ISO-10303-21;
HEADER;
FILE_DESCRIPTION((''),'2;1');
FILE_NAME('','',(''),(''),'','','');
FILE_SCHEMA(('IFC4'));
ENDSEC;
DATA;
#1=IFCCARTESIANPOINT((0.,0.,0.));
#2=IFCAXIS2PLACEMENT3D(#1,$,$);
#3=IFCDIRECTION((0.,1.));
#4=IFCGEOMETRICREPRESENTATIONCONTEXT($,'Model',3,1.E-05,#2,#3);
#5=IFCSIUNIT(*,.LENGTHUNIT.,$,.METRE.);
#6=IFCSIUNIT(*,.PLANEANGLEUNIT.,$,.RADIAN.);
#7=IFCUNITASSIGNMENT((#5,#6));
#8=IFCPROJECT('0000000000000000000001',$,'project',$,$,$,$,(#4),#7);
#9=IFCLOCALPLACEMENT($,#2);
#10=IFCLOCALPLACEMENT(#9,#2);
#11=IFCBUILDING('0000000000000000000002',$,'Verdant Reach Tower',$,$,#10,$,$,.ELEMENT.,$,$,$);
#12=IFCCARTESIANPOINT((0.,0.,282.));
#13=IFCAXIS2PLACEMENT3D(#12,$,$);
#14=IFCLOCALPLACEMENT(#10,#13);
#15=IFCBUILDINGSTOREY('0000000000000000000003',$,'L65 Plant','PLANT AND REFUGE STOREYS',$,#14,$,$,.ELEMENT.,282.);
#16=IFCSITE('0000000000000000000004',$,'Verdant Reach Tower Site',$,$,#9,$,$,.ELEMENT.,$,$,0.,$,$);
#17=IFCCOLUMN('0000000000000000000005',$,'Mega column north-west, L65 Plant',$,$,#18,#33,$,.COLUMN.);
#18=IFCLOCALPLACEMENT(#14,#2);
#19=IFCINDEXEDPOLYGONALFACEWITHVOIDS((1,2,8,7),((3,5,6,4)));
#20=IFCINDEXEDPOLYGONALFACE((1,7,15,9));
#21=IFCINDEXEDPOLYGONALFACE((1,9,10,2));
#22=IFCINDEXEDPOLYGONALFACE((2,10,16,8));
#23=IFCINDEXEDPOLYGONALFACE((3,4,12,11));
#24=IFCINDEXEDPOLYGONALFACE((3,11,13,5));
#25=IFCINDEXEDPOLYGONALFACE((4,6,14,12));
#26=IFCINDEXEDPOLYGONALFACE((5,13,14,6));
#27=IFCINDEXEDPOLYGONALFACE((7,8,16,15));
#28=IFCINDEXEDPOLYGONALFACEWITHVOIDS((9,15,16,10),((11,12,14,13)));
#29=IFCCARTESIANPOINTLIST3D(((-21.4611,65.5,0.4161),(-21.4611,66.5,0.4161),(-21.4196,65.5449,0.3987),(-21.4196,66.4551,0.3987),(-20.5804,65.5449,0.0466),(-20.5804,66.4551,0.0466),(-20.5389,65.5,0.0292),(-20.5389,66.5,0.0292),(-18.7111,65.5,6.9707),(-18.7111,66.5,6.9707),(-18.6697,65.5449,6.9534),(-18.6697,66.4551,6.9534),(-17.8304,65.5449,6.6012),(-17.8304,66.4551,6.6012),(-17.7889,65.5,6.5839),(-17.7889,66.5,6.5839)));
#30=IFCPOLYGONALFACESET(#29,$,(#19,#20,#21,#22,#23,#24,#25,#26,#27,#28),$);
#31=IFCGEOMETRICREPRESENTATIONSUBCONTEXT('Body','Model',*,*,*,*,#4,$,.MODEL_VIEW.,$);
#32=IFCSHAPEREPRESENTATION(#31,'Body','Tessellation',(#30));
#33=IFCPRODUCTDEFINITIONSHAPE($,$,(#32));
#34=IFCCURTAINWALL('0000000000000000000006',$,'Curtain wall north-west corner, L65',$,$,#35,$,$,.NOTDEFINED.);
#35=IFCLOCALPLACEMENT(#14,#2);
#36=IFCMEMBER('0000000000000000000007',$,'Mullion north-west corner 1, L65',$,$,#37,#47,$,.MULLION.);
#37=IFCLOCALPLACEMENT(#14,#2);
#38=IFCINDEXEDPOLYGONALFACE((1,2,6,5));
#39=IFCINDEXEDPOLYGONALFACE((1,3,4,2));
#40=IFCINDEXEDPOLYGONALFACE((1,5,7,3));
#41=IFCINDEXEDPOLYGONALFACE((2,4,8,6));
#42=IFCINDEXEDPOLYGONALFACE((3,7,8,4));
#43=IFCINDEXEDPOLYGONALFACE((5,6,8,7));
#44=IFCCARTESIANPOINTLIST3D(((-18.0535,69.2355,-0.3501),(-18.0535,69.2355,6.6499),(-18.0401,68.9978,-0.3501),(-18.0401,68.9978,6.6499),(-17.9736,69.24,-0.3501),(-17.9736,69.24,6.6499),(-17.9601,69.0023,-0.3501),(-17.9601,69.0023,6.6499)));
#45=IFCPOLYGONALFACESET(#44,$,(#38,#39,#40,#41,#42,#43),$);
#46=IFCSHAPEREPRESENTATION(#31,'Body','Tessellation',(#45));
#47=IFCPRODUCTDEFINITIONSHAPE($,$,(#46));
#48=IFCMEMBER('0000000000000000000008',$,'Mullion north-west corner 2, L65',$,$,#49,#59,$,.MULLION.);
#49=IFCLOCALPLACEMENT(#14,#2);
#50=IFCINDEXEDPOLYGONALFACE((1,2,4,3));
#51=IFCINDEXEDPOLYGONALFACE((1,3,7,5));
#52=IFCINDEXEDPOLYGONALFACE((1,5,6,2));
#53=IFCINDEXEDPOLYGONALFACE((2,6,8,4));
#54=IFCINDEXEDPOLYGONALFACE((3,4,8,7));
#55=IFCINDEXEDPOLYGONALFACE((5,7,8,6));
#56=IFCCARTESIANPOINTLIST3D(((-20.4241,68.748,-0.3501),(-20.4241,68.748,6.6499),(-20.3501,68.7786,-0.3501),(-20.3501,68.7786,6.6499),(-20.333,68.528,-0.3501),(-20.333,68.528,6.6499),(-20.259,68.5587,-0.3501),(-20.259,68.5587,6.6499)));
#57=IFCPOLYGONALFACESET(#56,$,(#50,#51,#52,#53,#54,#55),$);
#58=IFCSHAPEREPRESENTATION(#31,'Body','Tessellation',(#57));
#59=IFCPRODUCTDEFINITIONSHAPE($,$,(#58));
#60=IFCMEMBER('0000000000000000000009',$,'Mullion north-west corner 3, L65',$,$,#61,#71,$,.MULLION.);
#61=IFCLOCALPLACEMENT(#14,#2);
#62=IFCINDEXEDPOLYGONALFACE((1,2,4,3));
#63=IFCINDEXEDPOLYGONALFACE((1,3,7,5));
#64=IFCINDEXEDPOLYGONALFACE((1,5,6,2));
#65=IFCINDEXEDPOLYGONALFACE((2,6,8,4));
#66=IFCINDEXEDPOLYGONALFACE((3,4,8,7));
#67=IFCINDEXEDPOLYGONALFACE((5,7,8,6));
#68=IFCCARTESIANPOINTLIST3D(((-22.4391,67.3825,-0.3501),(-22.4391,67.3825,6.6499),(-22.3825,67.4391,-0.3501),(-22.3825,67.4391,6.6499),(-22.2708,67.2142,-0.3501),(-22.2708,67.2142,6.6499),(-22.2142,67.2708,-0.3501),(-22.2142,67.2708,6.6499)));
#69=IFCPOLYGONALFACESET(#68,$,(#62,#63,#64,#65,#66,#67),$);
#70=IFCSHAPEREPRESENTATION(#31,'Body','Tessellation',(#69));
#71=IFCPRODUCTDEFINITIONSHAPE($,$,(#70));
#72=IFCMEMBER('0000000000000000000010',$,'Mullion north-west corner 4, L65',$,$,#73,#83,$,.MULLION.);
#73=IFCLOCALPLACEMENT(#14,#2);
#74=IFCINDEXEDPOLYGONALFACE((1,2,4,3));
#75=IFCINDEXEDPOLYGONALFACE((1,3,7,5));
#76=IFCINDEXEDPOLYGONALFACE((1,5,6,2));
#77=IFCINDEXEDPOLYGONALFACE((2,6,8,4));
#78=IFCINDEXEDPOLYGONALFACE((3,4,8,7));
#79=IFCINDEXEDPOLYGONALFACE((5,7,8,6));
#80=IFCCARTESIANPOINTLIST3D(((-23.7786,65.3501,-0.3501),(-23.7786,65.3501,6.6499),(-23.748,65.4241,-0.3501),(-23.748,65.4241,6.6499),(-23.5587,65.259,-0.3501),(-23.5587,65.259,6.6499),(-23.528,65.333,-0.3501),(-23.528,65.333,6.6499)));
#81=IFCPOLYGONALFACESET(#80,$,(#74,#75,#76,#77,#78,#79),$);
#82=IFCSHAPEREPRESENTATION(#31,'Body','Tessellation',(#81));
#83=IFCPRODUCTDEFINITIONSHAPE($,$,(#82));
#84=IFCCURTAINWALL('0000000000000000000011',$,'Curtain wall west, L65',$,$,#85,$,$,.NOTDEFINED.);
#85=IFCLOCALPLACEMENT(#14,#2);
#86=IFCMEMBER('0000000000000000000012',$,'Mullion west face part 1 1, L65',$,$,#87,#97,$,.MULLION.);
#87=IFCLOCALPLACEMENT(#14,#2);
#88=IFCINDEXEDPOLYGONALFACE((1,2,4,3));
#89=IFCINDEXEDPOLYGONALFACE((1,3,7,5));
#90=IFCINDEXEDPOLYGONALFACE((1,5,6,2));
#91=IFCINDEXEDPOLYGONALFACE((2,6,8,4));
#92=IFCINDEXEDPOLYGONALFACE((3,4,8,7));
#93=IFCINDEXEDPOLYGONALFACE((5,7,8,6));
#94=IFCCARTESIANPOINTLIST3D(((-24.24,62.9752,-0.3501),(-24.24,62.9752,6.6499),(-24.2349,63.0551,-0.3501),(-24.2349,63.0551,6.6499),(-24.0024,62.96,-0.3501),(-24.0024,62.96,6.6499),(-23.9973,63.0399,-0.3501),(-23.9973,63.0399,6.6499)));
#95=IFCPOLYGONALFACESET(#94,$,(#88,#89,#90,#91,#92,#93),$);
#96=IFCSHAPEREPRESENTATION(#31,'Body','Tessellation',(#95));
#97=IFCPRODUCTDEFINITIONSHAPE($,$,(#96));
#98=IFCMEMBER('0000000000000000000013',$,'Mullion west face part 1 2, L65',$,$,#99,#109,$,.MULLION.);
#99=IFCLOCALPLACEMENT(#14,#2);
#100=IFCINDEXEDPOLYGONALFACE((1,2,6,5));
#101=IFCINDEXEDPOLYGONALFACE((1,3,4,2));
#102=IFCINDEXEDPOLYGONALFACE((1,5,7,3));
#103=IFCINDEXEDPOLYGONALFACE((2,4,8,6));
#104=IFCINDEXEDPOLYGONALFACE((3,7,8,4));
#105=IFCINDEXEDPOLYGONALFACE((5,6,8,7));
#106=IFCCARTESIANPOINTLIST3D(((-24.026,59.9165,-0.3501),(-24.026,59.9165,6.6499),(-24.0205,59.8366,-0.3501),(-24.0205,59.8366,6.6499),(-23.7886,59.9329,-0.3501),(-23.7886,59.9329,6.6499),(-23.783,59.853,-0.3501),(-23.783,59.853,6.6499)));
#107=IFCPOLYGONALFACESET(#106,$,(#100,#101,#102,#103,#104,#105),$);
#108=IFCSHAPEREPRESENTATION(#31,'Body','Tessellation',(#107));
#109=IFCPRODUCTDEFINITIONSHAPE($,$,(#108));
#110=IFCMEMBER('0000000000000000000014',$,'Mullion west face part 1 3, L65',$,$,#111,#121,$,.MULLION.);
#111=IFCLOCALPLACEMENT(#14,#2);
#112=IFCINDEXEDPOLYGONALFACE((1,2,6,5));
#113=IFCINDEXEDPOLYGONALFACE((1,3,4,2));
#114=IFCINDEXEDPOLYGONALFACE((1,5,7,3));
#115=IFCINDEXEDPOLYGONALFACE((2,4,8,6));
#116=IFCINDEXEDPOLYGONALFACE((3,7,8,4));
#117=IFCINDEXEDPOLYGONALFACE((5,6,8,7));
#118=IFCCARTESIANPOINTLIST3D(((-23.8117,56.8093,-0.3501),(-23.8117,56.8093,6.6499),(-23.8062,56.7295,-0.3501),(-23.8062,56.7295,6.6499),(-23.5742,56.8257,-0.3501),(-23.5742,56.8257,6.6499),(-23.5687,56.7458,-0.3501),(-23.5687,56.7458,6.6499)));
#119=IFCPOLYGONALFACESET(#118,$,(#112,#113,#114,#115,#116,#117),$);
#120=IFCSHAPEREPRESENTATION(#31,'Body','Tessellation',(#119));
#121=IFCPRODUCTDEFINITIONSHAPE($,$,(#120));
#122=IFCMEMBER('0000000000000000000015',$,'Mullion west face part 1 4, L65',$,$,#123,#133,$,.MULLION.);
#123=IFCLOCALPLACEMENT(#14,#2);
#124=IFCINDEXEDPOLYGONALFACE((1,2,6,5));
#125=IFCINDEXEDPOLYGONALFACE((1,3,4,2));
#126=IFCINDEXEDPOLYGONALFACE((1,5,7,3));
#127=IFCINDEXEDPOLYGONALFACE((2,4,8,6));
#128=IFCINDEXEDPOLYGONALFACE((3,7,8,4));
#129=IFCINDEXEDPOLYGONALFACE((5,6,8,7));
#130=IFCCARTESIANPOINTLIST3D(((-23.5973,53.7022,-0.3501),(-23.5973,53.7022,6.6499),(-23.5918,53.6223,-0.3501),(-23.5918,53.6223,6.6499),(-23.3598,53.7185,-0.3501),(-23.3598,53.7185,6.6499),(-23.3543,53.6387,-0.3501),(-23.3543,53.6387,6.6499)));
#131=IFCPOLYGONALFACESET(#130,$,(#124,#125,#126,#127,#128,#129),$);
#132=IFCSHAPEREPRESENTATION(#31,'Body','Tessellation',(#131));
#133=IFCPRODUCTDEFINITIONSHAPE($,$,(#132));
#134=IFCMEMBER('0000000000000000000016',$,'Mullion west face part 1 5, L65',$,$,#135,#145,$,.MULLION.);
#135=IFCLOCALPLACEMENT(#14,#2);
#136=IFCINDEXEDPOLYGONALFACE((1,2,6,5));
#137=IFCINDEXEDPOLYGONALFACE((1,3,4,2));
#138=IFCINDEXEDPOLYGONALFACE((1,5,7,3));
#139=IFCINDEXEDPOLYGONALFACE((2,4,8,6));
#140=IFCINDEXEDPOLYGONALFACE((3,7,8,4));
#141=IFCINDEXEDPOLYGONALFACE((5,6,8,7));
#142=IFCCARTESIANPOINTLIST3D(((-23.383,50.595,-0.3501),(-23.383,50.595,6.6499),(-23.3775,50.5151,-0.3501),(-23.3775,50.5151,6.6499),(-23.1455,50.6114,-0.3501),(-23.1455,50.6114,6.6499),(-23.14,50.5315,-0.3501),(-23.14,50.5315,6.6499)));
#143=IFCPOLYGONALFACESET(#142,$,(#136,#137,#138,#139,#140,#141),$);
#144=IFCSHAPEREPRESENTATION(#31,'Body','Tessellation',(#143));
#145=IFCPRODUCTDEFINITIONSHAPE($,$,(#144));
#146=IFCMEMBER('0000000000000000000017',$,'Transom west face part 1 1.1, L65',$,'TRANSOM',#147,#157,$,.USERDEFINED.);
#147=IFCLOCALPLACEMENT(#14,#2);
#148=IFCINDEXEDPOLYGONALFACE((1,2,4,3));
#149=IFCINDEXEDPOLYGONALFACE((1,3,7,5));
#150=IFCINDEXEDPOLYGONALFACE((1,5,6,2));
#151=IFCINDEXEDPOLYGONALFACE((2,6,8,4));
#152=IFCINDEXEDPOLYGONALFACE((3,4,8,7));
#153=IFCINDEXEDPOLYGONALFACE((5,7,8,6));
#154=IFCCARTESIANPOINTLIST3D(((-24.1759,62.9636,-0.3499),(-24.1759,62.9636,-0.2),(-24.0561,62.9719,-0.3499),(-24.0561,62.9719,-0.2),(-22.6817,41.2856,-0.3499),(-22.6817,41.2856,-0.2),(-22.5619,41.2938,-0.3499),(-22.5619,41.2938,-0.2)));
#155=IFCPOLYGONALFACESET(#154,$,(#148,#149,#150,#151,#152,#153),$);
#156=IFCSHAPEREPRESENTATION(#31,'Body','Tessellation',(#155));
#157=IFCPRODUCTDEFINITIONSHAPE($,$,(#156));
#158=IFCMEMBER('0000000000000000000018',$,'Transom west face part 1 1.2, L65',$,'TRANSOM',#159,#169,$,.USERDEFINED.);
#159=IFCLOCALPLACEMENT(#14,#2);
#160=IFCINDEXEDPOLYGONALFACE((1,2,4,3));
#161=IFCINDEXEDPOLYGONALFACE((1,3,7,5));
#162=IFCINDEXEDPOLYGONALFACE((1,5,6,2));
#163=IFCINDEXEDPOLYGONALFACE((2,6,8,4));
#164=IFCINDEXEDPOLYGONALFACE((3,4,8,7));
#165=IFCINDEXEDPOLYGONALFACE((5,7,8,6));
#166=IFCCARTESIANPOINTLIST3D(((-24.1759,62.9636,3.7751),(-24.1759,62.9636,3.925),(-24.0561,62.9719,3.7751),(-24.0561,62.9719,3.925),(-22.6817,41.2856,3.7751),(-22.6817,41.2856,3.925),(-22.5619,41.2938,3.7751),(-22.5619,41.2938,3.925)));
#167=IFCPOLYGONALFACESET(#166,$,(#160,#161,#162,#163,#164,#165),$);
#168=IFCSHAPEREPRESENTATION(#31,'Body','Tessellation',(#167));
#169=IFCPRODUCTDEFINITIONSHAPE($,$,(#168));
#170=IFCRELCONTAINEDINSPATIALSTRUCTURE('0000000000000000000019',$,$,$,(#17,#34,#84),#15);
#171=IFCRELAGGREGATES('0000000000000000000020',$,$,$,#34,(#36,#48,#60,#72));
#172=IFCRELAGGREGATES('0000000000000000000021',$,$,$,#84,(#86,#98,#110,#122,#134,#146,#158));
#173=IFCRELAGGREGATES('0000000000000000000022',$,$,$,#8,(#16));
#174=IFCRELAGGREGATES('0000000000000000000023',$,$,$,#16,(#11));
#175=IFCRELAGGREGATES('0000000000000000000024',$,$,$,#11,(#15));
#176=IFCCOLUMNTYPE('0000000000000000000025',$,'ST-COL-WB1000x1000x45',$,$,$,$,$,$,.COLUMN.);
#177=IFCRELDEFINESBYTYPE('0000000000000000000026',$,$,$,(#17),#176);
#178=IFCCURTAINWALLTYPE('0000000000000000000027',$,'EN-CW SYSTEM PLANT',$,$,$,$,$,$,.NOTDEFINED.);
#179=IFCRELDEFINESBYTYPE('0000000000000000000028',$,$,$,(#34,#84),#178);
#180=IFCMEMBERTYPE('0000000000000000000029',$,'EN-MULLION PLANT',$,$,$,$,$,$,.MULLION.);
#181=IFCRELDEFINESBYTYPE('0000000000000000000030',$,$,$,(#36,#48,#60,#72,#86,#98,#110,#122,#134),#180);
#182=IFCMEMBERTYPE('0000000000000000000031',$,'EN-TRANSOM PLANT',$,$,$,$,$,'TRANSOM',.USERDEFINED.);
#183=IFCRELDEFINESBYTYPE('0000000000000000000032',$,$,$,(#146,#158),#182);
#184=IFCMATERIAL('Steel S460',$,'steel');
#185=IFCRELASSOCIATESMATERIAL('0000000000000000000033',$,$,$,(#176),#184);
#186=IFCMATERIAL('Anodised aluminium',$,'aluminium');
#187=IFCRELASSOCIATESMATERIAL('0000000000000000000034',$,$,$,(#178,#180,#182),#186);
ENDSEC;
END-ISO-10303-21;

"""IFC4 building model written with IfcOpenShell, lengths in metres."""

from ifc_helpers import new_model, si_unit, direction, frame, origin, origin_2d, place, context, subcontext, project, spatial, rectangle, hollow_rectangle, extrude, material, material_profile, profile_set, type_object, element, aggregate, save


model = new_model("IFC4")

# Units and contexts
model_context = context("Model", 3, precision=1e-05, world=origin(), true_north=direction((0.0, 1.0)))
body_context = subcontext(model_context, "Body", "Model", "MODEL_VIEW")
ifc_project = project(units=[si_unit("LENGTHUNIT", "METRE"), si_unit("PLANEANGLEUNIT", "RADIAN")], contexts=[model_context])

# Site, building, storey
site_placement = place(None, origin())
site = spatial("IfcSite", under=ifc_project, at=site_placement, Name="Verdant Reach Tower Site", CompositionType="ELEMENT", RefElevation=0.0)
building_placement = place(site_placement, origin())
building = spatial("IfcBuilding", under=site, at=building_placement, Name="Verdant Reach Tower", CompositionType="ELEMENT")
storey_placement = place(building_placement, frame((0.0, 0.0, 282.0)))
storey = spatial("IfcBuildingStorey", under=building, at=storey_placement, Name="L65 Plant", Description="PLANT AND REFUGE STOREYS", CompositionType="ELEMENT", Elevation=282.0)

# Column
ifc_material_1 = material(Name="Steel S460", Category="steel")
ifc_material_profile_1 = material_profile(ifc_material_1, hollow_rectangle(XDim=1.0, YDim=1.0, WallThickness=0.0449, at=origin_2d()), Name="WB 1000x1000x45")
ifc_profile_set_1 = profile_set([ifc_material_profile_1], Name="Steel S460")
column_type = type_object("IfcColumnType", Name="ST-COL-WB1000x1000x45", PredefinedType="COLUMN", material=ifc_profile_set_1)
column_placement = place(storey_placement, frame((-21.0, 66.0, 0.2227), z_axis=(0.386877, 0.0, 0.922131), x_axis=(0.0, 1.0, 0.0)))
element("IfcColumn", 1, at=column_placement, inside=storey, type_object=column_type, Name="Mega column north-west, L65 Plant", PredefinedType="COLUMN", context=body_context, shape_type="SweptSolid", body=[
    extrude(hollow_rectangle(XDim=1.0, YDim=1.0, WallThickness=0.0449, at=origin_2d()), origin(), (0.0, 0.0, 1.0), 7.1082),
])

# Curtain walls, members
ifc_material_2 = material(Name="Anodised aluminium", Category="aluminium")
curtain_wall_type = type_object("IfcCurtainWallType", Name="EN-CW SYSTEM PLANT", PredefinedType="NOTDEFINED", material=ifc_material_2)
curtain_wall_1_placement = place(storey_placement, origin())
curtain_wall_1 = element("IfcCurtainWall", 2, at=curtain_wall_1_placement, inside=storey, type_object=curtain_wall_type, Name="Curtain wall north-west corner, L65", PredefinedType="NOTDEFINED")
ifc_material_profile_2 = material_profile(ifc_material_2, rectangle(XDim=0.238, YDim=0.0801, at=origin_2d()), Name="Mullion 80x240")
ifc_profile_set_2 = profile_set([ifc_material_profile_2], Name="Anodised aluminium")
member_type_1 = type_object("IfcMemberType", Name="EN-MULLION PLANT", PredefinedType="MULLION", material=ifc_profile_set_2)
member_1_placement = place(storey_placement, frame((-18.0068, 69.1189, -0.3501), z_axis=(0.0, 0.0, 1.0), x_axis=(-0.056569, 0.998399, 0.0)))
member_1 = element("IfcMember", 3, at=member_1_placement, type_object=member_type_1, Name="Mullion north-west corner 1, L65", PredefinedType="MULLION", context=body_context, shape_type="SweptSolid", body=[
    extrude(rectangle(XDim=0.238, YDim=0.0801, at=origin_2d()), origin(), (0.0, 0.0, 1.0), 7.0),
])
member_2_placement = place(storey_placement, frame((-20.3416, 68.6533, -0.3501), z_axis=(0.0, 0.0, 1.0), x_axis=(-0.382694, 0.923875, 0.0)))
member_2 = element("IfcMember", 4, at=member_2_placement, type_object=member_type_1, Name="Mullion north-west corner 2, L65", PredefinedType="MULLION", context=body_context, shape_type="SweptSolid", body=[
    extrude(rectangle(XDim=0.238, YDim=0.0801, at=origin_2d()), origin(), (0.0, 0.0, 1.0), 7.0),
])
member_3_placement = place(storey_placement, frame((-22.3267, 67.3267, -0.3501), z_axis=(0.0, 0.0, 1.0), x_axis=(-0.707107, 0.707107, 0.0)))
member_3 = element("IfcMember", 5, at=member_3_placement, type_object=member_type_1, Name="Mullion north-west corner 3, L65", PredefinedType="MULLION", context=body_context, shape_type="SweptSolid", body=[
    extrude(rectangle(XDim=0.238, YDim=0.0801, at=origin_2d()), origin(), (0.0, 0.0, 1.0), 7.0),
])
member_4_placement = place(storey_placement, frame((-23.6533, 65.3416, -0.3501), z_axis=(0.0, 0.0, 1.0), x_axis=(-0.923875, 0.382694, 0.0)))
member_4 = element("IfcMember", 6, at=member_4_placement, type_object=member_type_1, Name="Mullion north-west corner 4, L65", PredefinedType="MULLION", context=body_context, shape_type="SweptSolid", body=[
    extrude(rectangle(XDim=0.238, YDim=0.0801, at=origin_2d()), origin(), (0.0, 0.0, 1.0), 7.0),
])
curtain_wall_2_placement = place(storey_placement, origin())
curtain_wall_2 = element("IfcCurtainWall", 7, at=curtain_wall_2_placement, inside=storey, type_object=curtain_wall_type, Name="Curtain wall west, L65", PredefinedType="NOTDEFINED")
member_5_placement = place(storey_placement, frame((-24.1187, 63.0076, -0.3501), z_axis=(0.0, 0.0, 1.0), x_axis=(-0.997969, 0.063699, 0.0)))
member_5 = element("IfcMember", 8, at=member_5_placement, type_object=member_type_1, Name="Mullion west face part 1 1, L65", PredefinedType="MULLION", context=body_context, shape_type="SweptSolid", body=[
    extrude(rectangle(XDim=0.238, YDim=0.0801, at=origin_2d()), origin(), (0.0, 0.0, 1.0), 7.0),
])
member_6_placement = place(storey_placement, frame((-23.9045, 59.8848, -0.3501), z_axis=(0.0, 0.0, 1.0), x_axis=(-0.99763, -0.068802, 0.0)))
member_6 = element("IfcMember", 9, at=member_6_placement, type_object=member_type_1, Name="Mullion west face part 1 2, L65", PredefinedType="MULLION", context=body_context, shape_type="SweptSolid", body=[
    extrude(rectangle(XDim=0.238, YDim=0.0801, at=origin_2d()), origin(), (0.0, 0.0, 1.0), 7.0),
])
member_7_placement = place(storey_placement, frame((-23.6902, 56.7776, -0.3501), z_axis=(0.0, 0.0, 1.0), x_axis=(-0.99763, -0.068802, 0.0)))
member_7 = element("IfcMember", 10, at=member_7_placement, type_object=member_type_1, Name="Mullion west face part 1 3, L65", PredefinedType="MULLION", context=body_context, shape_type="SweptSolid", body=[
    extrude(rectangle(XDim=0.238, YDim=0.0801, at=origin_2d()), origin(), (0.0, 0.0, 1.0), 7.0),
])
member_8_placement = place(storey_placement, frame((-23.4758, 53.6704, -0.3501), z_axis=(0.0, 0.0, 1.0), x_axis=(-0.99763, -0.068802, 0.0)))
member_8 = element("IfcMember", 11, at=member_8_placement, type_object=member_type_1, Name="Mullion west face part 1 4, L65", PredefinedType="MULLION", context=body_context, shape_type="SweptSolid", body=[
    extrude(rectangle(XDim=0.238, YDim=0.0801, at=origin_2d()), origin(), (0.0, 0.0, 1.0), 7.0),
])
member_9_placement = place(storey_placement, frame((-23.2615, 50.5632, -0.3501), z_axis=(0.0, 0.0, 1.0), x_axis=(-0.99763, -0.068802, 0.0)))
member_9 = element("IfcMember", 12, at=member_9_placement, type_object=member_type_1, Name="Mullion west face part 1 5, L65", PredefinedType="MULLION", context=body_context, shape_type="SweptSolid", body=[
    extrude(rectangle(XDim=0.238, YDim=0.0801, at=origin_2d()), origin(), (0.0, 0.0, 1.0), 7.0),
])
ifc_material_profile_3 = material_profile(ifc_material_2, rectangle(XDim=0.1201, YDim=0.1499, at=origin_2d()), Name="Transom 150x120")
ifc_profile_set_3 = profile_set([ifc_material_profile_3], Name="Anodised aluminium")
member_type_2 = type_object("IfcMemberType", Name="EN-TRANSOM PLANT", ElementType="TRANSOM", PredefinedType="USERDEFINED", material=ifc_profile_set_3)
member_10_placement = place(storey_placement, frame((-24.116, 62.9678, -0.2749), z_axis=(0.068761, -0.997633, 0.0), x_axis=(0.997633, 0.068761, 0.0)))
member_10 = element("IfcMember", 13, at=member_10_placement, type_object=member_type_2, Name="Transom west face part 1 1.1, L65", ObjectType="TRANSOM", PredefinedType="USERDEFINED", context=body_context, shape_type="SweptSolid", body=[
    extrude(rectangle(XDim=0.1201, YDim=0.1499, at=origin_2d()), origin(), (0.0, 0.0, 1.0), 21.7295),
])
member_11_placement = place(storey_placement, frame((-24.116, 62.9678, 3.8501), z_axis=(0.068761, -0.997633, 0.0), x_axis=(0.997633, 0.068761, 0.0)))
member_11 = element("IfcMember", 14, at=member_11_placement, type_object=member_type_2, Name="Transom west face part 1 1.2, L65", ObjectType="TRANSOM", PredefinedType="USERDEFINED", context=body_context, shape_type="SweptSolid", body=[
    extrude(rectangle(XDim=0.1201, YDim=0.1499, at=origin_2d()), origin(), (0.0, 0.0, 1.0), 21.7295),
])

aggregate(curtain_wall_1, [member_1, member_2, member_3, member_4])
aggregate(curtain_wall_2, [member_5, member_6, member_7, member_8, member_9, member_10, member_11])

save(model, "model.ifc")
